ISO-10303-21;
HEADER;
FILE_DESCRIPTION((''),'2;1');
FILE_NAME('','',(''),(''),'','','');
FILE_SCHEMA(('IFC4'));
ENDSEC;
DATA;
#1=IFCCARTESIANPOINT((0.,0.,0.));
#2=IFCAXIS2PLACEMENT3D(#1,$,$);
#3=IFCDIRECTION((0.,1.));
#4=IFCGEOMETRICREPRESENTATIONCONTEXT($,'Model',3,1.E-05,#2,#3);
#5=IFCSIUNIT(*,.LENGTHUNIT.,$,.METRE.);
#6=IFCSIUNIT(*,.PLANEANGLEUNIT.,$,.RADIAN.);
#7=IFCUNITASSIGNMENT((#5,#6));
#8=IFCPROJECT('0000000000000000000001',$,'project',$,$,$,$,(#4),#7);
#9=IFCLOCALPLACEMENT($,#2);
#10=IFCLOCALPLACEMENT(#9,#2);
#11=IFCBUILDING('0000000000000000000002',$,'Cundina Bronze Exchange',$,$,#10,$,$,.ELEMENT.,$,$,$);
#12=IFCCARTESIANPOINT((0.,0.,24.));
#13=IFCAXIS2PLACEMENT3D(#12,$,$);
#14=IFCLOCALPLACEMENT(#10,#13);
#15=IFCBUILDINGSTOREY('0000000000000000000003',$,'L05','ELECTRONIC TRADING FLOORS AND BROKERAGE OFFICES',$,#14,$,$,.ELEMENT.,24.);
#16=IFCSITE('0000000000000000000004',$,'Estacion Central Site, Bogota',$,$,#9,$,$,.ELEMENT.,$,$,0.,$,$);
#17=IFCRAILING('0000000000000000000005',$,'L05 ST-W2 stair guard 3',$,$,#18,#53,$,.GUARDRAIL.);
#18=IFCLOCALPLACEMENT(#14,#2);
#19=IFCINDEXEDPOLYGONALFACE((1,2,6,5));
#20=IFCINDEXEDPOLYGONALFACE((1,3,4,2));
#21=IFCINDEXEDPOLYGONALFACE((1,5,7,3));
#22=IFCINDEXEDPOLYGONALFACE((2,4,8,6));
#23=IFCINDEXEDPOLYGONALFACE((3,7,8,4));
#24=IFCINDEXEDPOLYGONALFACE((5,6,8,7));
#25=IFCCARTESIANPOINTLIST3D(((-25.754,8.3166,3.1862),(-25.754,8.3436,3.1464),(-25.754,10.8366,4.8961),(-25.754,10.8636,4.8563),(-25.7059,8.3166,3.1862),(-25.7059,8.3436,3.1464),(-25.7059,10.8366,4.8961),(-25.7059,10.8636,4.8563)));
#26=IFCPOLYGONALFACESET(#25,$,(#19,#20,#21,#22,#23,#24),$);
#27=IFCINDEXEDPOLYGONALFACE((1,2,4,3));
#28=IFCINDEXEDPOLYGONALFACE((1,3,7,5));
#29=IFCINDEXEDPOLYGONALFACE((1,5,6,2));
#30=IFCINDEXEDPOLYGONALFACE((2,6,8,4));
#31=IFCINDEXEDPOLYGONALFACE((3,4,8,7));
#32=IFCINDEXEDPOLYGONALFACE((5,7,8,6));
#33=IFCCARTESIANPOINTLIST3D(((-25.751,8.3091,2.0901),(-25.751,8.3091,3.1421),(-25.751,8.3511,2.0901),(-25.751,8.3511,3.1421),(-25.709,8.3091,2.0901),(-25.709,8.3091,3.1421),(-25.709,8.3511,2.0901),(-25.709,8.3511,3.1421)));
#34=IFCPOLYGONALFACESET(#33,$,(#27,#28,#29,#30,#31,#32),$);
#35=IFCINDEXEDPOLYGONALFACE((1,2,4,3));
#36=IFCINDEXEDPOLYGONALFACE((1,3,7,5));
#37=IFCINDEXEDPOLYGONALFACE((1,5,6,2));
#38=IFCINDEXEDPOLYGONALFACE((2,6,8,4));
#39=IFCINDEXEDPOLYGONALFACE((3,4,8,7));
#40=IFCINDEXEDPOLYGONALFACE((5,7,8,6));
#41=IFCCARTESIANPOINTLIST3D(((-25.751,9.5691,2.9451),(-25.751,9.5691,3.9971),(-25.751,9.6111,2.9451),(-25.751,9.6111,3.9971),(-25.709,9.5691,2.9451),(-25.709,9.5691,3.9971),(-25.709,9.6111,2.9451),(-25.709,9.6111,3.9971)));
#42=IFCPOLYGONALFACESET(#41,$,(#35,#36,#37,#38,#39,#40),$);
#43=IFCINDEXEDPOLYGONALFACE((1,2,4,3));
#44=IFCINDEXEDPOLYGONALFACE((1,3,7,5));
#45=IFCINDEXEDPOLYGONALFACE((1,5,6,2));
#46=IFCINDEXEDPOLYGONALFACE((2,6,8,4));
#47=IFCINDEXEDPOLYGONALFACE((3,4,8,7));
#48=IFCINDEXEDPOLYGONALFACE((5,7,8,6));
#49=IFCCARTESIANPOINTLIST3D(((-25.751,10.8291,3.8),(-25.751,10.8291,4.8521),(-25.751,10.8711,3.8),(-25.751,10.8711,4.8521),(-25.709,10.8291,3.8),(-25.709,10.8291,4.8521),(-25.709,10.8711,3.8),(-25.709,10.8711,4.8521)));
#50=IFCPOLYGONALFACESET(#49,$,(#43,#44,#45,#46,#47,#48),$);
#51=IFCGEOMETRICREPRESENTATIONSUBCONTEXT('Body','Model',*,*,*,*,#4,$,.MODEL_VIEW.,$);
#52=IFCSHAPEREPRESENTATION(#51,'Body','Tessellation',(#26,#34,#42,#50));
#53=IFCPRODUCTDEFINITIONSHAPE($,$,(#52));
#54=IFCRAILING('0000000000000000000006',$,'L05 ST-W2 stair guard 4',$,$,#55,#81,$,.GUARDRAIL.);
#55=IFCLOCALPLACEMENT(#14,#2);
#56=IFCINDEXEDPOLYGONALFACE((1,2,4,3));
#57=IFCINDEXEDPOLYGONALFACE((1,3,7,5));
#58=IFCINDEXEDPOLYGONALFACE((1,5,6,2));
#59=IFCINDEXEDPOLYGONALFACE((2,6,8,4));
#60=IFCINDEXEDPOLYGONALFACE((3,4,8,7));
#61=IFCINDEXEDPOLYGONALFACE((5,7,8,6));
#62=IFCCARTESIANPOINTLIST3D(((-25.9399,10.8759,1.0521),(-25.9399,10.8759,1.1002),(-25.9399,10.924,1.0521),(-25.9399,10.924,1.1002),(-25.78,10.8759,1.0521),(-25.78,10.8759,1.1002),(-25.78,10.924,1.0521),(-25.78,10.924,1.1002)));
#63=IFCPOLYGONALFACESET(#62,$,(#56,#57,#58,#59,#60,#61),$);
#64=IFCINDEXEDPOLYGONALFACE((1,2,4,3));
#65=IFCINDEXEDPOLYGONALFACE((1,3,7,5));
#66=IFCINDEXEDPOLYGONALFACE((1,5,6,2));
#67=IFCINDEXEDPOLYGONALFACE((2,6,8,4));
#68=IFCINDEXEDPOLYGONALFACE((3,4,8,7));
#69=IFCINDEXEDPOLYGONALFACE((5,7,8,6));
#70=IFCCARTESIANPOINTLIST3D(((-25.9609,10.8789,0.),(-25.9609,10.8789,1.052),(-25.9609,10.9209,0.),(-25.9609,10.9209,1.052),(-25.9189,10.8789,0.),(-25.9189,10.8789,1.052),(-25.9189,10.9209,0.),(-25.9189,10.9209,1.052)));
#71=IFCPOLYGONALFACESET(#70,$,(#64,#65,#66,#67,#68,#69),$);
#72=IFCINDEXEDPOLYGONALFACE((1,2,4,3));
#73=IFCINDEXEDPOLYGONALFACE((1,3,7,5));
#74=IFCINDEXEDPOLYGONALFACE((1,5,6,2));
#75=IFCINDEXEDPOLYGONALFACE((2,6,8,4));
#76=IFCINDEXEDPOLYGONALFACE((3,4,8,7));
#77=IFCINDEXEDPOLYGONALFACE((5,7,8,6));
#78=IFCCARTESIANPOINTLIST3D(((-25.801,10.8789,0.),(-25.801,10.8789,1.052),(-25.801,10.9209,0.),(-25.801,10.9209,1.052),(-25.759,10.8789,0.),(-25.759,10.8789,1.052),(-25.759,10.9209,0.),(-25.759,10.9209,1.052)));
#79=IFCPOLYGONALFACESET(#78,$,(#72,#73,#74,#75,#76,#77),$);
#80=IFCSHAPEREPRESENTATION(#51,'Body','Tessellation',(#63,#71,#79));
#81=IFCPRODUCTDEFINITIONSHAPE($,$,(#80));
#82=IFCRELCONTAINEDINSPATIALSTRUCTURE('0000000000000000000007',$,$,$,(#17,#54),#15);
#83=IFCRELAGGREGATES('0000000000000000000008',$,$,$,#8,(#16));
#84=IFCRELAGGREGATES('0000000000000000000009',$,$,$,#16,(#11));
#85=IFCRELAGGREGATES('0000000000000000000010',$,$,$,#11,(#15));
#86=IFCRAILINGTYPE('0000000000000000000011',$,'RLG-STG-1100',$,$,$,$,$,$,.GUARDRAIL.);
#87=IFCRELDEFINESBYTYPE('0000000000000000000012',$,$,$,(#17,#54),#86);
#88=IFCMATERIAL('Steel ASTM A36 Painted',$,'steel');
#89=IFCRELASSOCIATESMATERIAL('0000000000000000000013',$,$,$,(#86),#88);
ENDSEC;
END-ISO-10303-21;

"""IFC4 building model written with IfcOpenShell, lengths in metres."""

from ifc_helpers import new_model, si_unit, direction, frame, origin, origin_2d, place, context, subcontext, project, spatial, rectangle, extrude, material, type_object, element, save


model = new_model("IFC4")

# Units and contexts
model_context = context("Model", 3, precision=1e-05, world=origin(), true_north=direction((0.0, 1.0)))
body_context = subcontext(model_context, "Body", "Model", "MODEL_VIEW")
ifc_project = project(units=[si_unit("LENGTHUNIT", "METRE"), si_unit("PLANEANGLEUNIT", "RADIAN")], contexts=[model_context])

# Site, building, storey
site_placement = place(None, origin())
site = spatial("IfcSite", under=ifc_project, at=site_placement, Name="Estacion Central Site, Bogota", CompositionType="ELEMENT", RefElevation=0.0)
building_placement = place(site_placement, origin())
building = spatial("IfcBuilding", under=site, at=building_placement, Name="Cundina Bronze Exchange", CompositionType="ELEMENT")
storey_placement = place(building_placement, frame((0.0, 0.0, 24.0)))
storey = spatial("IfcBuildingStorey", under=building, at=storey_placement, Name="L05", Description="ELECTRONIC TRADING FLOORS AND BROKERAGE OFFICES", CompositionType="ELEMENT", Elevation=24.0)

# Shared definitions
ifc_material_1 = material(Name="Steel ASTM A36 Painted", Category="steel")

# Railings
railing_type_1 = type_object("IfcRailingType", Name="RLG-STG-1100", PredefinedType="GUARDRAIL", material=ifc_material_1)
railing_1_placement = place(storey_placement, frame((-25.73, 8.3301, 2.0901)))
element("IfcRailing", 1, at=railing_1_placement, inside=storey, type_object=railing_type_1, Name="L05 ST-W2 stair guard 3", PredefinedType="GUARDRAIL", context=body_context, shape_type="SweptSolid", body=[
    extrude(rectangle(XDim=0.0481, YDim=0.0481, at=origin_2d()), frame((0.0, 0.0, 1.0762), z_axis=(0.0, 0.827484, 0.56149), x_axis=(-1.0, 0.0, 0.0)), (0.0, 0.0, 1.0), 3.0454),
    extrude(rectangle(XDim=0.042, YDim=0.042, at=origin_2d()), origin(), (0.0, 0.0, 1.0), 1.052),
    extrude(rectangle(XDim=0.042, YDim=0.042, at=origin_2d()), frame((0.0, 1.26, 0.855)), (0.0, 0.0, 1.0), 1.052),
    extrude(rectangle(XDim=0.042, YDim=0.042, at=origin_2d()), frame((0.0, 2.52, 1.71)), (0.0, 0.0, 1.0), 1.052),
])
railing_2_placement = place(storey_placement, frame((-25.9399, 10.8999, 0.0)))
element("IfcRailing", 2, at=railing_2_placement, inside=storey, type_object=railing_type_1, Name="L05 ST-W2 stair guard 4", PredefinedType="GUARDRAIL", context=body_context, shape_type="SweptSolid", body=[
    extrude(rectangle(XDim=0.0481, YDim=0.0481, at=origin_2d()), frame((0.0, 0.0, 1.0762), z_axis=(1.0, 0.0, 0.0), x_axis=(0.0, 1.0, 0.0)), (0.0, 0.0, 1.0), 0.1599),
    extrude(rectangle(XDim=0.042, YDim=0.042, at=origin_2d()), origin(), (0.0, 0.0, 1.0), 1.052),
    extrude(rectangle(XDim=0.042, YDim=0.042, at=origin_2d()), frame((0.1599, 0.0, 0.0)), (0.0, 0.0, 1.0), 1.052),
])

save(model, "model.ifc")
